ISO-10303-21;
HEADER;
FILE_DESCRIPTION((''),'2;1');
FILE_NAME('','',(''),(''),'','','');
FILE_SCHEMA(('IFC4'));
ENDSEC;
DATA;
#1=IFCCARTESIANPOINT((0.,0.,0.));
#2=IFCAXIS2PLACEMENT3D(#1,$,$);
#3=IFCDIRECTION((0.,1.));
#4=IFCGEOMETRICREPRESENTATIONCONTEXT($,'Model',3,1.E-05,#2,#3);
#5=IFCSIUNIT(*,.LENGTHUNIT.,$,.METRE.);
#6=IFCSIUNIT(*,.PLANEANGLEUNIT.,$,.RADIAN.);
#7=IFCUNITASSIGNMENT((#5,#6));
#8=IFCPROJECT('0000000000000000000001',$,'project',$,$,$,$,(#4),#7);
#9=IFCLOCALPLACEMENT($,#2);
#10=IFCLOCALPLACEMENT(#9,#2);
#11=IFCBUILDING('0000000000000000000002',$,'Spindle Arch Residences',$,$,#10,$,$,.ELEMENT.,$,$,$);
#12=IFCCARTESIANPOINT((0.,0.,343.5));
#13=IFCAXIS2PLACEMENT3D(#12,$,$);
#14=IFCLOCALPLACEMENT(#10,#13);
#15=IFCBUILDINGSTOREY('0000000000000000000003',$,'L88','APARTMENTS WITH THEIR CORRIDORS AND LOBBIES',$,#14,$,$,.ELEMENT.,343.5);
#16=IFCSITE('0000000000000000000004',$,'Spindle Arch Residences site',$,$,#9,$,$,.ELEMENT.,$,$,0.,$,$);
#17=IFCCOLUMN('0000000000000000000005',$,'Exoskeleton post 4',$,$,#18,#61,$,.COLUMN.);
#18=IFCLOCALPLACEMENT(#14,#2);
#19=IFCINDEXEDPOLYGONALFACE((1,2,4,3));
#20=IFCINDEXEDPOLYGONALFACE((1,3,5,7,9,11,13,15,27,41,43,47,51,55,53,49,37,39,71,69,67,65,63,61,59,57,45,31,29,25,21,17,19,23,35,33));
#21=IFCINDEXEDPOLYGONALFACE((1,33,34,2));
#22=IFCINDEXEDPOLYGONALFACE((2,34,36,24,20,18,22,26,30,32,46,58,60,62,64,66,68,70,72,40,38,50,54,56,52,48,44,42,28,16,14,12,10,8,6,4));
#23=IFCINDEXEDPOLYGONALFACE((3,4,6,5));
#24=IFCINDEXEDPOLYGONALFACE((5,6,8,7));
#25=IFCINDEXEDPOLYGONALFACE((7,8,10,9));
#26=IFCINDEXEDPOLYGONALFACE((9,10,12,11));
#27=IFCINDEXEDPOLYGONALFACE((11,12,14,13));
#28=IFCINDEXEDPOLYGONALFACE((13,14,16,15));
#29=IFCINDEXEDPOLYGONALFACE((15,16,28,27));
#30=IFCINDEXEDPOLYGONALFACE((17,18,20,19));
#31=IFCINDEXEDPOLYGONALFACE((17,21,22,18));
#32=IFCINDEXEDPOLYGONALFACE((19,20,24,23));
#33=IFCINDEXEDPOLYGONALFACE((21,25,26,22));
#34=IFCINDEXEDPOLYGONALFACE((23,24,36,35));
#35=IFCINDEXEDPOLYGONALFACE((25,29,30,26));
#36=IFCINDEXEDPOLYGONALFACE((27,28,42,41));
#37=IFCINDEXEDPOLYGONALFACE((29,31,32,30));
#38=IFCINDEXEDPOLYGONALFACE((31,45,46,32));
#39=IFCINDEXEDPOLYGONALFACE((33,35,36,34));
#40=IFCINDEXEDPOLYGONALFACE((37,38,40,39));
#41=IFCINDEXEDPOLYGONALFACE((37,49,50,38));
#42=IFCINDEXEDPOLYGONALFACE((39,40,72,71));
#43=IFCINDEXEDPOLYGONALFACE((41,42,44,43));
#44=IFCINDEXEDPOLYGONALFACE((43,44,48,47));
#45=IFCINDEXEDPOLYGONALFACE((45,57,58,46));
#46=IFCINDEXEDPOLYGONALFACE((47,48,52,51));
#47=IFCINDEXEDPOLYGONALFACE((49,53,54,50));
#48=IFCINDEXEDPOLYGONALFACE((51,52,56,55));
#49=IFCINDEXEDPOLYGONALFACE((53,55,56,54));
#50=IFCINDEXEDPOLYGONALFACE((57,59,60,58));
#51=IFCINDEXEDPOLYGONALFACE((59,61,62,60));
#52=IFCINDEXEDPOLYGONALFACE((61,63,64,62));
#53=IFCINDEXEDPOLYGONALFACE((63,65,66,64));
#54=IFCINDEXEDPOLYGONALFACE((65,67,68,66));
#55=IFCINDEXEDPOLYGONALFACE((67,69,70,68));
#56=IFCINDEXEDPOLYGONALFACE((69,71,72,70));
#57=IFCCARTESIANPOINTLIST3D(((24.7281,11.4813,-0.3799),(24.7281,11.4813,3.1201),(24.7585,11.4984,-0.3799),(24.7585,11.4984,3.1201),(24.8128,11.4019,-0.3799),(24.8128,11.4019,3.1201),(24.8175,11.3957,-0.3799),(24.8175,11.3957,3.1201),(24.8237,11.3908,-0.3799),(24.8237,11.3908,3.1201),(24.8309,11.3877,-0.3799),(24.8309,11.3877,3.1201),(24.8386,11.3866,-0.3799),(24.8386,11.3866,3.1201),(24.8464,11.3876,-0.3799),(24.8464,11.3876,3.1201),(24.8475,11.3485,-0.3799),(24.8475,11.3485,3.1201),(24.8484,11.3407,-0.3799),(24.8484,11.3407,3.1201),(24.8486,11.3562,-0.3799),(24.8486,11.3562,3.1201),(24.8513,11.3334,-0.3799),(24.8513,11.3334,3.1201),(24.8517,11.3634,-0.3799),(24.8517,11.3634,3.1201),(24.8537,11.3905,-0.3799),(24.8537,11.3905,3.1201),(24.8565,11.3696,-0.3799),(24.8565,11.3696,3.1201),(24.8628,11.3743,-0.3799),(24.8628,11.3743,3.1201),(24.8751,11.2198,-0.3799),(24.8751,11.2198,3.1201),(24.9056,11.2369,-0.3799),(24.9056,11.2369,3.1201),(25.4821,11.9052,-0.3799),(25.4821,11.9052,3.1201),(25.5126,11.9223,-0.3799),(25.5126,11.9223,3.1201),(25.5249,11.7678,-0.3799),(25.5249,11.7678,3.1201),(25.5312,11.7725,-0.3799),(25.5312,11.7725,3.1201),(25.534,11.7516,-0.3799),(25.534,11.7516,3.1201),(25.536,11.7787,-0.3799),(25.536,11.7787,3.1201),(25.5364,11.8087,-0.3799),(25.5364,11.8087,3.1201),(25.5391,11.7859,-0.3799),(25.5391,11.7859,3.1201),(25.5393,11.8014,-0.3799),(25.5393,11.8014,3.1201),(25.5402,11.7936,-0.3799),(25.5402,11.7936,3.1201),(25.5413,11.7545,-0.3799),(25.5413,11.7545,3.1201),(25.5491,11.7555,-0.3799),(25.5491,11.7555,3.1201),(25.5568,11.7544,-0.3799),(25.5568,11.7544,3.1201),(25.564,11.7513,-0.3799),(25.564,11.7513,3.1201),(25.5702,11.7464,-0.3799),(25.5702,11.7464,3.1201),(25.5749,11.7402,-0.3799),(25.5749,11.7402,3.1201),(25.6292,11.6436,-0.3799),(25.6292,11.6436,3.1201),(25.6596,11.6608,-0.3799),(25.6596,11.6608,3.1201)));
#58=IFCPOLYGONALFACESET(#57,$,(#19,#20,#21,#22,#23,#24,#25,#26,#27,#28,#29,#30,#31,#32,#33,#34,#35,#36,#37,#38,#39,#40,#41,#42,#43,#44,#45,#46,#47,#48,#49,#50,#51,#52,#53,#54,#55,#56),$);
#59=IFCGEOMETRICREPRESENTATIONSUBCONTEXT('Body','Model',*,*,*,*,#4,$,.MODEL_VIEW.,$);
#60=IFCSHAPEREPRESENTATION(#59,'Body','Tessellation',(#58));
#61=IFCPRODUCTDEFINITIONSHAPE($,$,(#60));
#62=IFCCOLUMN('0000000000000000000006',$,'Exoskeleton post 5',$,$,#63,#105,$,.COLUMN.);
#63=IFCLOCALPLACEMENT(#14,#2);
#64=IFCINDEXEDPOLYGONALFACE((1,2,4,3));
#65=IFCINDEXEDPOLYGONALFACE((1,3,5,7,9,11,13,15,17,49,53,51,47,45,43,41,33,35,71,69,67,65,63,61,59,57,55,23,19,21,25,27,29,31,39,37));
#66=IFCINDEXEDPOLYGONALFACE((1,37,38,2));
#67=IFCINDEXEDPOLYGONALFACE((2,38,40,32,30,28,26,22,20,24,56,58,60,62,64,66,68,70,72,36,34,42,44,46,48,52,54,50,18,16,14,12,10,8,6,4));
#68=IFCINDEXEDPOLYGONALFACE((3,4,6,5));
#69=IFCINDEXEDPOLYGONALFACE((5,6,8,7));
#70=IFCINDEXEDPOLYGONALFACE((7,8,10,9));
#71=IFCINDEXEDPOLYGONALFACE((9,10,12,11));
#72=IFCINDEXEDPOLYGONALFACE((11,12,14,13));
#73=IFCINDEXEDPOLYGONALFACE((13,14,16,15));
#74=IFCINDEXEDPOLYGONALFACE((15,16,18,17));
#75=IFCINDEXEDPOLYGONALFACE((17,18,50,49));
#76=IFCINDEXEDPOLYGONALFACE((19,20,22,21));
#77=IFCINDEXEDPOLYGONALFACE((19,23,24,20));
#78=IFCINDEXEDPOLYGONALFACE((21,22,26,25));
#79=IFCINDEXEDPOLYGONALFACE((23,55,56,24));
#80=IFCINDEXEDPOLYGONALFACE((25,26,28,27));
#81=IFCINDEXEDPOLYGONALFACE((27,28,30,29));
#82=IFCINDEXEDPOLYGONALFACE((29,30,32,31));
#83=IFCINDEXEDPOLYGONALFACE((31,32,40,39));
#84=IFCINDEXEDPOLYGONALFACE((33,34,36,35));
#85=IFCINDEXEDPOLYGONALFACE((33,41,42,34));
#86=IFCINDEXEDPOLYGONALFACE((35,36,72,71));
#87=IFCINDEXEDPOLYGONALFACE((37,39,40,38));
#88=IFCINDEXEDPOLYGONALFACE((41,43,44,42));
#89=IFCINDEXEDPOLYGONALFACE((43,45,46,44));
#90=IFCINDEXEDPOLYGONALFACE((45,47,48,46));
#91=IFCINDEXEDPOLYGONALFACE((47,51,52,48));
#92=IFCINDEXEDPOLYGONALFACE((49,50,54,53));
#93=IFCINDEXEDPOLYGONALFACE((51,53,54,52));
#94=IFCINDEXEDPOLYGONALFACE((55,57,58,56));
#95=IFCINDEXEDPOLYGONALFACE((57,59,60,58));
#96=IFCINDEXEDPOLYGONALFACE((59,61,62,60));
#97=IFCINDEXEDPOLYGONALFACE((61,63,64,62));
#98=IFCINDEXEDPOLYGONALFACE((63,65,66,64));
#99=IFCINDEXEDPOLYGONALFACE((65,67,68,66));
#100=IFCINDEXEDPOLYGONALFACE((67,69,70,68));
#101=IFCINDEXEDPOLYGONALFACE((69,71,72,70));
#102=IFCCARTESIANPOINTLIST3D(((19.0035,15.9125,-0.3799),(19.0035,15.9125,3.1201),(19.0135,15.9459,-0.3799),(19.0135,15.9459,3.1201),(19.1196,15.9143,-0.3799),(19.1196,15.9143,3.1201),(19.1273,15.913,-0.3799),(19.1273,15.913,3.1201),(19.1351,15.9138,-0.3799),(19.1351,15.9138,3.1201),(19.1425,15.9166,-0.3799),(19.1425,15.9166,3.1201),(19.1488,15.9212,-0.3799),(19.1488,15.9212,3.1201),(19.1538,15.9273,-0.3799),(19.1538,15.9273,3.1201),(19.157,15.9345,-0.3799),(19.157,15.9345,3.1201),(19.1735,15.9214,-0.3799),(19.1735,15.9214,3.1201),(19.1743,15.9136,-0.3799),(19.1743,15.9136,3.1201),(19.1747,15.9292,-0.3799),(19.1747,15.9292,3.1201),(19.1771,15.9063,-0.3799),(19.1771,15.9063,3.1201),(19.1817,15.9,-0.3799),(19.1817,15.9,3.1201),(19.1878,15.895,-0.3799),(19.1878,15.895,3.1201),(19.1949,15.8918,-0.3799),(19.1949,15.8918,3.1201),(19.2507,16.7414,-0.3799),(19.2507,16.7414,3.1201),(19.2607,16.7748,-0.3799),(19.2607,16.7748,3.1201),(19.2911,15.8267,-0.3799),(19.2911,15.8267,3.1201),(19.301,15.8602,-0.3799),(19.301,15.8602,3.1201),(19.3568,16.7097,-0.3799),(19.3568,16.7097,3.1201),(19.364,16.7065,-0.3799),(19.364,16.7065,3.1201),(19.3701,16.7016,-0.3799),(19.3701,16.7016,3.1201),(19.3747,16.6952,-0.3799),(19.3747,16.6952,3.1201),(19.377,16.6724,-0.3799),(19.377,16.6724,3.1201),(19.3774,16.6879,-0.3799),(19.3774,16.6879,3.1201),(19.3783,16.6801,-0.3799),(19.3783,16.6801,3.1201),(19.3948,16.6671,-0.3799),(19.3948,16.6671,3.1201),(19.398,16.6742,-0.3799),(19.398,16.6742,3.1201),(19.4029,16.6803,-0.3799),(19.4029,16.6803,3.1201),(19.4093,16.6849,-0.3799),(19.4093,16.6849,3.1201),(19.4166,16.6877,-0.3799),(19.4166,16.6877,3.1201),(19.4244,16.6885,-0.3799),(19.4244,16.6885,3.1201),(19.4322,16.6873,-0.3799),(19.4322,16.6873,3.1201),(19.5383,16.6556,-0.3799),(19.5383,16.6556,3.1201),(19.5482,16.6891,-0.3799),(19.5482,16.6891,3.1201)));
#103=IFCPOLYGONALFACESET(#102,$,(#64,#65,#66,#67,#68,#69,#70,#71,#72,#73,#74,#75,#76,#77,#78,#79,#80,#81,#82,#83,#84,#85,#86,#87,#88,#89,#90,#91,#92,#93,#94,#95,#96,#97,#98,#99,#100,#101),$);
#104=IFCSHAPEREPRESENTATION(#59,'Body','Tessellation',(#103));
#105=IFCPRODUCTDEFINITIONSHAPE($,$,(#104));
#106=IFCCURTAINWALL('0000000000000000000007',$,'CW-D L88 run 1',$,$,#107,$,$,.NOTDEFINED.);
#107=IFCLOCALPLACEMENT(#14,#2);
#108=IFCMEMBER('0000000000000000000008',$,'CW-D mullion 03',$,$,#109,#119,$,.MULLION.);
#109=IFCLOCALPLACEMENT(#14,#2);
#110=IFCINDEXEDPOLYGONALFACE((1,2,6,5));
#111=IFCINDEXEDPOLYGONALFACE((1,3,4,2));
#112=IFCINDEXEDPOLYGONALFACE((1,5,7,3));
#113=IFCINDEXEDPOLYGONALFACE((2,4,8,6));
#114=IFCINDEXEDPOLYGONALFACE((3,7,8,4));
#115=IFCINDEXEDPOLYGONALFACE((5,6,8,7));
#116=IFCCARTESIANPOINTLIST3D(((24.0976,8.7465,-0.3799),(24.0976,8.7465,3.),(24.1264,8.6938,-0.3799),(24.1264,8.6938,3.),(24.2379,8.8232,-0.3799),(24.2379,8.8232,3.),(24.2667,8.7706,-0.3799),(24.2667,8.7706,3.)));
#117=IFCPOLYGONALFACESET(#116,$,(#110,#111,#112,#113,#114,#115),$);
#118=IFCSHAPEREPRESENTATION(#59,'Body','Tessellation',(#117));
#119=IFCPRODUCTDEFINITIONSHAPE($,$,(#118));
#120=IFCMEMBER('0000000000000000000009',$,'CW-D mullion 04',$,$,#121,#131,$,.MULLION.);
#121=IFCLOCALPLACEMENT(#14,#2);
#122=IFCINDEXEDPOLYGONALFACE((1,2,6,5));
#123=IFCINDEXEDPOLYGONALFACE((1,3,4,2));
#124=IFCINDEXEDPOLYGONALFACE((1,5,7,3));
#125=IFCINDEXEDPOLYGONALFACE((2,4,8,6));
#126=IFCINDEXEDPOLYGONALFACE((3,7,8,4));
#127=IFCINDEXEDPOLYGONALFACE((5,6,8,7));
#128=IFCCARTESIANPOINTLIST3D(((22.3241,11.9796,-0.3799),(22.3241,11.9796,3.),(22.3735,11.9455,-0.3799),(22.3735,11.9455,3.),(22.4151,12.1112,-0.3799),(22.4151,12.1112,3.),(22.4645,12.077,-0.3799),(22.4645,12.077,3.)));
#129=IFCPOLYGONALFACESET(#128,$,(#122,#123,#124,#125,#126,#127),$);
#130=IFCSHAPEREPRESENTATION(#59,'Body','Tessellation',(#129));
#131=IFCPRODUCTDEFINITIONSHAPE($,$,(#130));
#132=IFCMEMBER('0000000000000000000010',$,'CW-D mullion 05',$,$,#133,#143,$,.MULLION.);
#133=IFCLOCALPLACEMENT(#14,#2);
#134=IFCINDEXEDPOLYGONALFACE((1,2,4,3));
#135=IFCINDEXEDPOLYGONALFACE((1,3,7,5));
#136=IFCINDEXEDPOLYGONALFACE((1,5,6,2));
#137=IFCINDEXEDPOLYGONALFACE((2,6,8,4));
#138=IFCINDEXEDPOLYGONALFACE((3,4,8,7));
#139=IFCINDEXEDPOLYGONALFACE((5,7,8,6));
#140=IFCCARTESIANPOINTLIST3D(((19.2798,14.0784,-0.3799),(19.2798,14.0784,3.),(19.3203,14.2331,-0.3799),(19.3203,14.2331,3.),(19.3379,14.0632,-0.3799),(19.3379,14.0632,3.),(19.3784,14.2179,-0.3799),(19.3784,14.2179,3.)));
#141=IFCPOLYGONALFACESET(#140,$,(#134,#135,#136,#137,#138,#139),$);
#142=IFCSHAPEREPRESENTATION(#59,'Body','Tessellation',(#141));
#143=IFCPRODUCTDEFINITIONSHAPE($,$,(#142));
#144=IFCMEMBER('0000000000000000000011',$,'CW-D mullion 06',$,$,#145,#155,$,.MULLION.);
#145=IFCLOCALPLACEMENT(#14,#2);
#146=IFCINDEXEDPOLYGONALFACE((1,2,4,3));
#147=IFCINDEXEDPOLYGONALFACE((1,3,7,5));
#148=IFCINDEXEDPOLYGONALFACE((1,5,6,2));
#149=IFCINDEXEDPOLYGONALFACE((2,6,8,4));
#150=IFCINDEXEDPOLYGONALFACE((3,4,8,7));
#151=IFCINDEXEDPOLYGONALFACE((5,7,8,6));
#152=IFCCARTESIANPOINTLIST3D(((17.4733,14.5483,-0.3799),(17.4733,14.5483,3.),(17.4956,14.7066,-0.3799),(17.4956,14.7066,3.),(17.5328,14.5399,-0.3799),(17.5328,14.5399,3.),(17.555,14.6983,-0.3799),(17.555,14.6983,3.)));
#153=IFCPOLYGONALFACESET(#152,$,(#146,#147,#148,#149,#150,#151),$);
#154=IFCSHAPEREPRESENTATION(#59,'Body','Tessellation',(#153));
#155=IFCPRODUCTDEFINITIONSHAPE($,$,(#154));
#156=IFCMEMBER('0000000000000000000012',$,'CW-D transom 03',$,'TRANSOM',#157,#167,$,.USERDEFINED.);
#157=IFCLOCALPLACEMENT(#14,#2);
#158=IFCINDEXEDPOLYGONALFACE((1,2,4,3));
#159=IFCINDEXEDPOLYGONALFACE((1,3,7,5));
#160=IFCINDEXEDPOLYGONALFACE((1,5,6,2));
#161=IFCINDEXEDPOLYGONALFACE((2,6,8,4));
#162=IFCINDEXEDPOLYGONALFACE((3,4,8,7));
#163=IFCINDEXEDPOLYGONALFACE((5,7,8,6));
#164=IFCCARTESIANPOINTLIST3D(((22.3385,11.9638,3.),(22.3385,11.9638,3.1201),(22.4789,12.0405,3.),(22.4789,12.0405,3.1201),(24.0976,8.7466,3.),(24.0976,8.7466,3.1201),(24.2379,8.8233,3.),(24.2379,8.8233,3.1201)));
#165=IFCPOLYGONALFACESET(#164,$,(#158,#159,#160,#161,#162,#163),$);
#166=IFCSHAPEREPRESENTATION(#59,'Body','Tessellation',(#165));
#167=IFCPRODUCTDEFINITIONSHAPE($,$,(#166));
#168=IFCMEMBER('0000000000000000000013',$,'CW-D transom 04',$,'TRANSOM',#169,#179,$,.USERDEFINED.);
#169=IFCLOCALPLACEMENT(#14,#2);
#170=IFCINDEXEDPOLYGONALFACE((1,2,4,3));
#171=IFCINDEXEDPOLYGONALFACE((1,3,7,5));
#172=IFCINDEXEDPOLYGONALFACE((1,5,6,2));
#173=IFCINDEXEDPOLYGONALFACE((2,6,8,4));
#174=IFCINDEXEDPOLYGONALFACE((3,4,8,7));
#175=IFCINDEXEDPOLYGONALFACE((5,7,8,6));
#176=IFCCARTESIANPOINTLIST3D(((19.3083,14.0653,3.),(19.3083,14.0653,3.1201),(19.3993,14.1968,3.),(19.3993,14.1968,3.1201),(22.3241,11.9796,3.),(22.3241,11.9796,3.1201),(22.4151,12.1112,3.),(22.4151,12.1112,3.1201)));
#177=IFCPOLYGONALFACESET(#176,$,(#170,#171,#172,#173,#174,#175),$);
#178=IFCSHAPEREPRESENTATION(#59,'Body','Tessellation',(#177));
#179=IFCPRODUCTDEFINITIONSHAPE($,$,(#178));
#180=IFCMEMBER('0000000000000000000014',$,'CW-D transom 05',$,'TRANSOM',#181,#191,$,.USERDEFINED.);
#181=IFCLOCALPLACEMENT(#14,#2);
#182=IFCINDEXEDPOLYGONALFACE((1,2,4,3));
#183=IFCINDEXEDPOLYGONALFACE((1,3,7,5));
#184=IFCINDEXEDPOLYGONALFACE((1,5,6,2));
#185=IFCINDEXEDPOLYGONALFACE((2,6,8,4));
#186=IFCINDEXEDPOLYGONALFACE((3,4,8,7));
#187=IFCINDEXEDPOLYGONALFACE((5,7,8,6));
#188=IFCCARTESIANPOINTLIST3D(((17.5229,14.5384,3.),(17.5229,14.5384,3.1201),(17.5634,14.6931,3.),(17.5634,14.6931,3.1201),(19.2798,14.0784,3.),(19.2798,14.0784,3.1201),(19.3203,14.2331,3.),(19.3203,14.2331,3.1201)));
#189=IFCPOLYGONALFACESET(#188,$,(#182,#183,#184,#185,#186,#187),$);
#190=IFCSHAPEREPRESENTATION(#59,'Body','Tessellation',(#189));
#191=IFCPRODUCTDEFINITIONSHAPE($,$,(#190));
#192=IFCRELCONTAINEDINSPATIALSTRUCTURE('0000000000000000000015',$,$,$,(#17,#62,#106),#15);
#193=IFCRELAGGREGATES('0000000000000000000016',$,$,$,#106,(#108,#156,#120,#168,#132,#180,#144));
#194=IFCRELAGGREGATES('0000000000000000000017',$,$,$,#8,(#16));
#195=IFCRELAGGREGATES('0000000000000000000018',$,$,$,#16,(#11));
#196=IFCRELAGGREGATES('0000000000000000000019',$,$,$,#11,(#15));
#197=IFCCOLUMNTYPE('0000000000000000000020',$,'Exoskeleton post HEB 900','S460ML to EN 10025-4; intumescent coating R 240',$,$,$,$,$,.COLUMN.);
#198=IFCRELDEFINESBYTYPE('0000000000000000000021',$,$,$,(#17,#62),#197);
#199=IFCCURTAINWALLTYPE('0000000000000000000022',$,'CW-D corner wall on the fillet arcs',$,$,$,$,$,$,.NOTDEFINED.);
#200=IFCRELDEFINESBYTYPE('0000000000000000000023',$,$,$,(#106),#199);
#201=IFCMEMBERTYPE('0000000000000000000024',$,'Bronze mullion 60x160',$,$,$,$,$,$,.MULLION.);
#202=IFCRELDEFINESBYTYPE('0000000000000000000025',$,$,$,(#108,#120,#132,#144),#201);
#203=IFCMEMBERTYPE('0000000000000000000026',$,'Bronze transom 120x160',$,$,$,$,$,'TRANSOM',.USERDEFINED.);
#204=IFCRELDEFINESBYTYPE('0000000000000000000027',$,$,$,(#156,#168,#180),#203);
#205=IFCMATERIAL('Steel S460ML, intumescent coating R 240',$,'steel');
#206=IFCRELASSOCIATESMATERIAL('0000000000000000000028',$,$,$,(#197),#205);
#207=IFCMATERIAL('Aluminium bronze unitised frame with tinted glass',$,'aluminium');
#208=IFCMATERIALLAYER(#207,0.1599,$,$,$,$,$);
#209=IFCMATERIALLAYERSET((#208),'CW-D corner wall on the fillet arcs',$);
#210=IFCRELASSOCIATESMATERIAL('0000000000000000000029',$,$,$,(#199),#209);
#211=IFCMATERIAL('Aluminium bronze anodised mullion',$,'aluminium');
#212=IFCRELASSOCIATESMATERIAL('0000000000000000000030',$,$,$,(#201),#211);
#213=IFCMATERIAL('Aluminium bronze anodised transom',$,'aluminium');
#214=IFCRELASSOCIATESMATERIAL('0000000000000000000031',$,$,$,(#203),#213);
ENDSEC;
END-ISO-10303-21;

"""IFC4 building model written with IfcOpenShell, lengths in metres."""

from ifc_helpers import new_model, si_unit, direction, frame, origin, origin_2d, place, context, subcontext, project, spatial, rectangle, i_section, extrude, material, layer, layer_set, material_profile, profile_set, type_object, element, aggregate, save


model = new_model("IFC4")

# Units and contexts
model_context = context("Model", 3, precision=1e-05, world=origin(), true_north=direction((0.0, 1.0)))
body_context = subcontext(model_context, "Body", "Model", "MODEL_VIEW")
ifc_project = project(units=[si_unit("LENGTHUNIT", "METRE"), si_unit("PLANEANGLEUNIT", "RADIAN")], contexts=[model_context])

# Site, building, storey
site_placement = place(None, origin())
site = spatial("IfcSite", under=ifc_project, at=site_placement, Name="Spindle Arch Residences site", CompositionType="ELEMENT", RefElevation=0.0)
building_placement = place(site_placement, origin())
building = spatial("IfcBuilding", under=site, at=building_placement, Name="Spindle Arch Residences", CompositionType="ELEMENT")
storey_placement = place(building_placement, frame((0.0, 0.0, 343.5)))
storey = spatial("IfcBuildingStorey", under=building, at=storey_placement, Name="L88", Description="APARTMENTS WITH THEIR CORRIDORS AND LOBBIES", CompositionType="ELEMENT", Elevation=343.5)

# Columns
ifc_material_1 = material(Name="Steel S460ML, intumescent coating R 240", Category="steel")
ifc_material_profile_1 = material_profile(ifc_material_1, i_section(OverallWidth=0.3, OverallDepth=0.8999, WebThickness=0.0186, FlangeThickness=0.0349, FilletRadius=0.03, at=origin_2d()), Name="HEB 900")
ifc_profile_set_1 = profile_set([ifc_material_profile_1], Name="Steel S460ML, intumescent coating R 240")
column_type = type_object("IfcColumnType", Name="Exoskeleton post HEB 900", Description="S460ML to EN 10025-4; intumescent coating R 240", PredefinedType="COLUMN", material=ifc_profile_set_1)
for number, where, z_axis, x_axis, name in (
    (1, (25.1938, 11.571, -0.3799), (0.0, 0.0, 1.0), (0.490024, -0.871709, 0.0), "Exoskeleton post 4"),
    (2, (19.2759, 16.3008, -0.3799), (0.0, 0.0, 1.0), (0.958298, -0.285769, 0.0), "Exoskeleton post 5"),
):
    element("IfcColumn", number, at=place(storey_placement, frame(where, z_axis=z_axis, x_axis=x_axis)), inside=storey, type_object=column_type, Name=name, PredefinedType="COLUMN", context=body_context, shape_type="SweptSolid", body=[
        extrude(i_section(OverallWidth=0.3, OverallDepth=0.8999, WebThickness=0.0186, FlangeThickness=0.0349, FilletRadius=0.03, at=origin_2d()), origin(), (0.0, 0.0, 1.0), 3.5),
    ])

# Curtain wall, members
ifc_material_2 = material(Name="Aluminium bronze unitised frame with tinted glass", Category="aluminium")
ifc_layer_1 = layer(ifc_material_2, 0.1599)
ifc_layer_set_1 = layer_set([ifc_layer_1], Name="CW-D corner wall on the fillet arcs")
curtain_wall_type = type_object("IfcCurtainWallType", Name="CW-D corner wall on the fillet arcs", PredefinedType="NOTDEFINED", material=ifc_layer_set_1)
curtain_wall_placement = place(storey_placement, origin())
curtain_wall = element("IfcCurtainWall", 3, at=curtain_wall_placement, inside=storey, type_object=curtain_wall_type, Name="CW-D L88 run 1", PredefinedType="NOTDEFINED")
ifc_material_3 = material(Name="Aluminium bronze anodised mullion", Category="aluminium")
ifc_material_profile_2 = material_profile(ifc_material_3, rectangle(XDim=0.1599, YDim=0.0601, at=origin_2d()), Name="MU 60x160")
ifc_profile_set_2 = profile_set([ifc_material_profile_2], Name="Aluminium bronze anodised mullion")
member_type_1 = type_object("IfcMemberType", Name="Bronze mullion 60x160", PredefinedType="MULLION", material=ifc_profile_set_2)
member_1_placement = place(storey_placement, frame((24.1821, 8.7585, -0.3799), z_axis=(0.0, 0.0, 1.0), x_axis=(-0.877425, -0.479713, 0.0)))
member_1 = element("IfcMember", 4, at=member_1_placement, type_object=member_type_1, Name="CW-D mullion 03", PredefinedType="MULLION", context=body_context, shape_type="SweptSolid", body=[
    extrude(rectangle(XDim=0.1599, YDim=0.0601, at=origin_2d()), origin(), (0.0, 0.0, 1.0), 3.3799),
])
member_2_placement = place(storey_placement, frame((22.3943, 12.0283, -0.3799), z_axis=(0.0, 0.0, 1.0), x_axis=(-0.568801, -0.822475, 0.0)))
member_2 = element("IfcMember", 5, at=member_2_placement, type_object=member_type_1, Name="CW-D mullion 04", PredefinedType="MULLION", context=body_context, shape_type="SweptSolid", body=[
    extrude(rectangle(XDim=0.1599, YDim=0.0601, at=origin_2d()), origin(), (0.0, 0.0, 1.0), 3.3799),
])
member_3_placement = place(storey_placement, frame((19.3291, 14.1482, -0.3799), z_axis=(0.0, 0.0, 1.0), x_axis=(-0.253195, -0.967415, 0.0)))
member_3 = element("IfcMember", 6, at=member_3_placement, type_object=member_type_1, Name="CW-D mullion 05", PredefinedType="MULLION", context=body_context, shape_type="SweptSolid", body=[
    extrude(rectangle(XDim=0.1599, YDim=0.0601, at=origin_2d()), origin(), (0.0, 0.0, 1.0), 3.3799),
])
member_4_placement = place(storey_placement, frame((17.5142, 14.6233, -0.3799), z_axis=(0.0, 0.0, 1.0), x_axis=(-0.139173, -0.990268, 0.0)))
member_4 = element("IfcMember", 7, at=member_4_placement, type_object=member_type_1, Name="CW-D mullion 06", PredefinedType="MULLION", context=body_context, shape_type="SweptSolid", body=[
    extrude(rectangle(XDim=0.1599, YDim=0.0601, at=origin_2d()), origin(), (0.0, 0.0, 1.0), 3.3799),
])
ifc_material_4 = material(Name="Aluminium bronze anodised transom", Category="aluminium")
ifc_material_profile_3 = material_profile(ifc_material_4, rectangle(XDim=0.1599, YDim=0.1201, at=origin_2d()), Name="TR 120x160")
ifc_profile_set_3 = profile_set([ifc_material_profile_3], Name="Aluminium bronze anodised transom")
member_type_2 = type_object("IfcMemberType", Name="Bronze transom 120x160", ElementType="TRANSOM", PredefinedType="USERDEFINED", material=ifc_profile_set_3)
member_5_placement = place(storey_placement, frame((24.1677, 8.7849, 3.0601), z_axis=(-0.479724, 0.877419, 0.0), x_axis=(-0.877419, -0.479724, 0.0)))
member_5 = element("IfcMember", 8, at=member_5_placement, type_object=member_type_2, Name="CW-D transom 03", ObjectType="TRANSOM", PredefinedType="USERDEFINED", context=body_context, shape_type="SweptSolid", body=[
    extrude(rectangle(XDim=0.1599, YDim=0.1201, at=origin_2d()), origin(), (0.0, 0.0, 1.0), 3.6667),
])
member_6_placement = place(storey_placement, frame((22.3696, 12.0454, 3.0601), z_axis=(-0.822475, 0.568801, 0.0), x_axis=(-0.568801, -0.822475, 0.0)))
member_6 = element("IfcMember", 9, at=member_6_placement, type_object=member_type_2, Name="CW-D transom 04", ObjectType="TRANSOM", PredefinedType="USERDEFINED", context=body_context, shape_type="SweptSolid", body=[
    extrude(rectangle(XDim=0.1599, YDim=0.1201, at=origin_2d()), origin(), (0.0, 0.0, 1.0), 3.6667),
])
member_7_placement = place(storey_placement, frame((19.3, 14.1558, 3.0601), z_axis=(-0.967394, 0.253276, 0.0), x_axis=(-0.253276, -0.967394, 0.0)))
member_7 = element("IfcMember", 10, at=member_7_placement, type_object=member_type_2, Name="CW-D transom 05", ObjectType="TRANSOM", PredefinedType="USERDEFINED", context=body_context, shape_type="SweptSolid", body=[
    extrude(rectangle(XDim=0.1599, YDim=0.1201, at=origin_2d()), origin(), (0.0, 0.0, 1.0), 1.8162),
])

aggregate(curtain_wall, [member_1, member_5, member_2, member_6, member_3, member_7, member_4])

save(model, "model.ifc")
